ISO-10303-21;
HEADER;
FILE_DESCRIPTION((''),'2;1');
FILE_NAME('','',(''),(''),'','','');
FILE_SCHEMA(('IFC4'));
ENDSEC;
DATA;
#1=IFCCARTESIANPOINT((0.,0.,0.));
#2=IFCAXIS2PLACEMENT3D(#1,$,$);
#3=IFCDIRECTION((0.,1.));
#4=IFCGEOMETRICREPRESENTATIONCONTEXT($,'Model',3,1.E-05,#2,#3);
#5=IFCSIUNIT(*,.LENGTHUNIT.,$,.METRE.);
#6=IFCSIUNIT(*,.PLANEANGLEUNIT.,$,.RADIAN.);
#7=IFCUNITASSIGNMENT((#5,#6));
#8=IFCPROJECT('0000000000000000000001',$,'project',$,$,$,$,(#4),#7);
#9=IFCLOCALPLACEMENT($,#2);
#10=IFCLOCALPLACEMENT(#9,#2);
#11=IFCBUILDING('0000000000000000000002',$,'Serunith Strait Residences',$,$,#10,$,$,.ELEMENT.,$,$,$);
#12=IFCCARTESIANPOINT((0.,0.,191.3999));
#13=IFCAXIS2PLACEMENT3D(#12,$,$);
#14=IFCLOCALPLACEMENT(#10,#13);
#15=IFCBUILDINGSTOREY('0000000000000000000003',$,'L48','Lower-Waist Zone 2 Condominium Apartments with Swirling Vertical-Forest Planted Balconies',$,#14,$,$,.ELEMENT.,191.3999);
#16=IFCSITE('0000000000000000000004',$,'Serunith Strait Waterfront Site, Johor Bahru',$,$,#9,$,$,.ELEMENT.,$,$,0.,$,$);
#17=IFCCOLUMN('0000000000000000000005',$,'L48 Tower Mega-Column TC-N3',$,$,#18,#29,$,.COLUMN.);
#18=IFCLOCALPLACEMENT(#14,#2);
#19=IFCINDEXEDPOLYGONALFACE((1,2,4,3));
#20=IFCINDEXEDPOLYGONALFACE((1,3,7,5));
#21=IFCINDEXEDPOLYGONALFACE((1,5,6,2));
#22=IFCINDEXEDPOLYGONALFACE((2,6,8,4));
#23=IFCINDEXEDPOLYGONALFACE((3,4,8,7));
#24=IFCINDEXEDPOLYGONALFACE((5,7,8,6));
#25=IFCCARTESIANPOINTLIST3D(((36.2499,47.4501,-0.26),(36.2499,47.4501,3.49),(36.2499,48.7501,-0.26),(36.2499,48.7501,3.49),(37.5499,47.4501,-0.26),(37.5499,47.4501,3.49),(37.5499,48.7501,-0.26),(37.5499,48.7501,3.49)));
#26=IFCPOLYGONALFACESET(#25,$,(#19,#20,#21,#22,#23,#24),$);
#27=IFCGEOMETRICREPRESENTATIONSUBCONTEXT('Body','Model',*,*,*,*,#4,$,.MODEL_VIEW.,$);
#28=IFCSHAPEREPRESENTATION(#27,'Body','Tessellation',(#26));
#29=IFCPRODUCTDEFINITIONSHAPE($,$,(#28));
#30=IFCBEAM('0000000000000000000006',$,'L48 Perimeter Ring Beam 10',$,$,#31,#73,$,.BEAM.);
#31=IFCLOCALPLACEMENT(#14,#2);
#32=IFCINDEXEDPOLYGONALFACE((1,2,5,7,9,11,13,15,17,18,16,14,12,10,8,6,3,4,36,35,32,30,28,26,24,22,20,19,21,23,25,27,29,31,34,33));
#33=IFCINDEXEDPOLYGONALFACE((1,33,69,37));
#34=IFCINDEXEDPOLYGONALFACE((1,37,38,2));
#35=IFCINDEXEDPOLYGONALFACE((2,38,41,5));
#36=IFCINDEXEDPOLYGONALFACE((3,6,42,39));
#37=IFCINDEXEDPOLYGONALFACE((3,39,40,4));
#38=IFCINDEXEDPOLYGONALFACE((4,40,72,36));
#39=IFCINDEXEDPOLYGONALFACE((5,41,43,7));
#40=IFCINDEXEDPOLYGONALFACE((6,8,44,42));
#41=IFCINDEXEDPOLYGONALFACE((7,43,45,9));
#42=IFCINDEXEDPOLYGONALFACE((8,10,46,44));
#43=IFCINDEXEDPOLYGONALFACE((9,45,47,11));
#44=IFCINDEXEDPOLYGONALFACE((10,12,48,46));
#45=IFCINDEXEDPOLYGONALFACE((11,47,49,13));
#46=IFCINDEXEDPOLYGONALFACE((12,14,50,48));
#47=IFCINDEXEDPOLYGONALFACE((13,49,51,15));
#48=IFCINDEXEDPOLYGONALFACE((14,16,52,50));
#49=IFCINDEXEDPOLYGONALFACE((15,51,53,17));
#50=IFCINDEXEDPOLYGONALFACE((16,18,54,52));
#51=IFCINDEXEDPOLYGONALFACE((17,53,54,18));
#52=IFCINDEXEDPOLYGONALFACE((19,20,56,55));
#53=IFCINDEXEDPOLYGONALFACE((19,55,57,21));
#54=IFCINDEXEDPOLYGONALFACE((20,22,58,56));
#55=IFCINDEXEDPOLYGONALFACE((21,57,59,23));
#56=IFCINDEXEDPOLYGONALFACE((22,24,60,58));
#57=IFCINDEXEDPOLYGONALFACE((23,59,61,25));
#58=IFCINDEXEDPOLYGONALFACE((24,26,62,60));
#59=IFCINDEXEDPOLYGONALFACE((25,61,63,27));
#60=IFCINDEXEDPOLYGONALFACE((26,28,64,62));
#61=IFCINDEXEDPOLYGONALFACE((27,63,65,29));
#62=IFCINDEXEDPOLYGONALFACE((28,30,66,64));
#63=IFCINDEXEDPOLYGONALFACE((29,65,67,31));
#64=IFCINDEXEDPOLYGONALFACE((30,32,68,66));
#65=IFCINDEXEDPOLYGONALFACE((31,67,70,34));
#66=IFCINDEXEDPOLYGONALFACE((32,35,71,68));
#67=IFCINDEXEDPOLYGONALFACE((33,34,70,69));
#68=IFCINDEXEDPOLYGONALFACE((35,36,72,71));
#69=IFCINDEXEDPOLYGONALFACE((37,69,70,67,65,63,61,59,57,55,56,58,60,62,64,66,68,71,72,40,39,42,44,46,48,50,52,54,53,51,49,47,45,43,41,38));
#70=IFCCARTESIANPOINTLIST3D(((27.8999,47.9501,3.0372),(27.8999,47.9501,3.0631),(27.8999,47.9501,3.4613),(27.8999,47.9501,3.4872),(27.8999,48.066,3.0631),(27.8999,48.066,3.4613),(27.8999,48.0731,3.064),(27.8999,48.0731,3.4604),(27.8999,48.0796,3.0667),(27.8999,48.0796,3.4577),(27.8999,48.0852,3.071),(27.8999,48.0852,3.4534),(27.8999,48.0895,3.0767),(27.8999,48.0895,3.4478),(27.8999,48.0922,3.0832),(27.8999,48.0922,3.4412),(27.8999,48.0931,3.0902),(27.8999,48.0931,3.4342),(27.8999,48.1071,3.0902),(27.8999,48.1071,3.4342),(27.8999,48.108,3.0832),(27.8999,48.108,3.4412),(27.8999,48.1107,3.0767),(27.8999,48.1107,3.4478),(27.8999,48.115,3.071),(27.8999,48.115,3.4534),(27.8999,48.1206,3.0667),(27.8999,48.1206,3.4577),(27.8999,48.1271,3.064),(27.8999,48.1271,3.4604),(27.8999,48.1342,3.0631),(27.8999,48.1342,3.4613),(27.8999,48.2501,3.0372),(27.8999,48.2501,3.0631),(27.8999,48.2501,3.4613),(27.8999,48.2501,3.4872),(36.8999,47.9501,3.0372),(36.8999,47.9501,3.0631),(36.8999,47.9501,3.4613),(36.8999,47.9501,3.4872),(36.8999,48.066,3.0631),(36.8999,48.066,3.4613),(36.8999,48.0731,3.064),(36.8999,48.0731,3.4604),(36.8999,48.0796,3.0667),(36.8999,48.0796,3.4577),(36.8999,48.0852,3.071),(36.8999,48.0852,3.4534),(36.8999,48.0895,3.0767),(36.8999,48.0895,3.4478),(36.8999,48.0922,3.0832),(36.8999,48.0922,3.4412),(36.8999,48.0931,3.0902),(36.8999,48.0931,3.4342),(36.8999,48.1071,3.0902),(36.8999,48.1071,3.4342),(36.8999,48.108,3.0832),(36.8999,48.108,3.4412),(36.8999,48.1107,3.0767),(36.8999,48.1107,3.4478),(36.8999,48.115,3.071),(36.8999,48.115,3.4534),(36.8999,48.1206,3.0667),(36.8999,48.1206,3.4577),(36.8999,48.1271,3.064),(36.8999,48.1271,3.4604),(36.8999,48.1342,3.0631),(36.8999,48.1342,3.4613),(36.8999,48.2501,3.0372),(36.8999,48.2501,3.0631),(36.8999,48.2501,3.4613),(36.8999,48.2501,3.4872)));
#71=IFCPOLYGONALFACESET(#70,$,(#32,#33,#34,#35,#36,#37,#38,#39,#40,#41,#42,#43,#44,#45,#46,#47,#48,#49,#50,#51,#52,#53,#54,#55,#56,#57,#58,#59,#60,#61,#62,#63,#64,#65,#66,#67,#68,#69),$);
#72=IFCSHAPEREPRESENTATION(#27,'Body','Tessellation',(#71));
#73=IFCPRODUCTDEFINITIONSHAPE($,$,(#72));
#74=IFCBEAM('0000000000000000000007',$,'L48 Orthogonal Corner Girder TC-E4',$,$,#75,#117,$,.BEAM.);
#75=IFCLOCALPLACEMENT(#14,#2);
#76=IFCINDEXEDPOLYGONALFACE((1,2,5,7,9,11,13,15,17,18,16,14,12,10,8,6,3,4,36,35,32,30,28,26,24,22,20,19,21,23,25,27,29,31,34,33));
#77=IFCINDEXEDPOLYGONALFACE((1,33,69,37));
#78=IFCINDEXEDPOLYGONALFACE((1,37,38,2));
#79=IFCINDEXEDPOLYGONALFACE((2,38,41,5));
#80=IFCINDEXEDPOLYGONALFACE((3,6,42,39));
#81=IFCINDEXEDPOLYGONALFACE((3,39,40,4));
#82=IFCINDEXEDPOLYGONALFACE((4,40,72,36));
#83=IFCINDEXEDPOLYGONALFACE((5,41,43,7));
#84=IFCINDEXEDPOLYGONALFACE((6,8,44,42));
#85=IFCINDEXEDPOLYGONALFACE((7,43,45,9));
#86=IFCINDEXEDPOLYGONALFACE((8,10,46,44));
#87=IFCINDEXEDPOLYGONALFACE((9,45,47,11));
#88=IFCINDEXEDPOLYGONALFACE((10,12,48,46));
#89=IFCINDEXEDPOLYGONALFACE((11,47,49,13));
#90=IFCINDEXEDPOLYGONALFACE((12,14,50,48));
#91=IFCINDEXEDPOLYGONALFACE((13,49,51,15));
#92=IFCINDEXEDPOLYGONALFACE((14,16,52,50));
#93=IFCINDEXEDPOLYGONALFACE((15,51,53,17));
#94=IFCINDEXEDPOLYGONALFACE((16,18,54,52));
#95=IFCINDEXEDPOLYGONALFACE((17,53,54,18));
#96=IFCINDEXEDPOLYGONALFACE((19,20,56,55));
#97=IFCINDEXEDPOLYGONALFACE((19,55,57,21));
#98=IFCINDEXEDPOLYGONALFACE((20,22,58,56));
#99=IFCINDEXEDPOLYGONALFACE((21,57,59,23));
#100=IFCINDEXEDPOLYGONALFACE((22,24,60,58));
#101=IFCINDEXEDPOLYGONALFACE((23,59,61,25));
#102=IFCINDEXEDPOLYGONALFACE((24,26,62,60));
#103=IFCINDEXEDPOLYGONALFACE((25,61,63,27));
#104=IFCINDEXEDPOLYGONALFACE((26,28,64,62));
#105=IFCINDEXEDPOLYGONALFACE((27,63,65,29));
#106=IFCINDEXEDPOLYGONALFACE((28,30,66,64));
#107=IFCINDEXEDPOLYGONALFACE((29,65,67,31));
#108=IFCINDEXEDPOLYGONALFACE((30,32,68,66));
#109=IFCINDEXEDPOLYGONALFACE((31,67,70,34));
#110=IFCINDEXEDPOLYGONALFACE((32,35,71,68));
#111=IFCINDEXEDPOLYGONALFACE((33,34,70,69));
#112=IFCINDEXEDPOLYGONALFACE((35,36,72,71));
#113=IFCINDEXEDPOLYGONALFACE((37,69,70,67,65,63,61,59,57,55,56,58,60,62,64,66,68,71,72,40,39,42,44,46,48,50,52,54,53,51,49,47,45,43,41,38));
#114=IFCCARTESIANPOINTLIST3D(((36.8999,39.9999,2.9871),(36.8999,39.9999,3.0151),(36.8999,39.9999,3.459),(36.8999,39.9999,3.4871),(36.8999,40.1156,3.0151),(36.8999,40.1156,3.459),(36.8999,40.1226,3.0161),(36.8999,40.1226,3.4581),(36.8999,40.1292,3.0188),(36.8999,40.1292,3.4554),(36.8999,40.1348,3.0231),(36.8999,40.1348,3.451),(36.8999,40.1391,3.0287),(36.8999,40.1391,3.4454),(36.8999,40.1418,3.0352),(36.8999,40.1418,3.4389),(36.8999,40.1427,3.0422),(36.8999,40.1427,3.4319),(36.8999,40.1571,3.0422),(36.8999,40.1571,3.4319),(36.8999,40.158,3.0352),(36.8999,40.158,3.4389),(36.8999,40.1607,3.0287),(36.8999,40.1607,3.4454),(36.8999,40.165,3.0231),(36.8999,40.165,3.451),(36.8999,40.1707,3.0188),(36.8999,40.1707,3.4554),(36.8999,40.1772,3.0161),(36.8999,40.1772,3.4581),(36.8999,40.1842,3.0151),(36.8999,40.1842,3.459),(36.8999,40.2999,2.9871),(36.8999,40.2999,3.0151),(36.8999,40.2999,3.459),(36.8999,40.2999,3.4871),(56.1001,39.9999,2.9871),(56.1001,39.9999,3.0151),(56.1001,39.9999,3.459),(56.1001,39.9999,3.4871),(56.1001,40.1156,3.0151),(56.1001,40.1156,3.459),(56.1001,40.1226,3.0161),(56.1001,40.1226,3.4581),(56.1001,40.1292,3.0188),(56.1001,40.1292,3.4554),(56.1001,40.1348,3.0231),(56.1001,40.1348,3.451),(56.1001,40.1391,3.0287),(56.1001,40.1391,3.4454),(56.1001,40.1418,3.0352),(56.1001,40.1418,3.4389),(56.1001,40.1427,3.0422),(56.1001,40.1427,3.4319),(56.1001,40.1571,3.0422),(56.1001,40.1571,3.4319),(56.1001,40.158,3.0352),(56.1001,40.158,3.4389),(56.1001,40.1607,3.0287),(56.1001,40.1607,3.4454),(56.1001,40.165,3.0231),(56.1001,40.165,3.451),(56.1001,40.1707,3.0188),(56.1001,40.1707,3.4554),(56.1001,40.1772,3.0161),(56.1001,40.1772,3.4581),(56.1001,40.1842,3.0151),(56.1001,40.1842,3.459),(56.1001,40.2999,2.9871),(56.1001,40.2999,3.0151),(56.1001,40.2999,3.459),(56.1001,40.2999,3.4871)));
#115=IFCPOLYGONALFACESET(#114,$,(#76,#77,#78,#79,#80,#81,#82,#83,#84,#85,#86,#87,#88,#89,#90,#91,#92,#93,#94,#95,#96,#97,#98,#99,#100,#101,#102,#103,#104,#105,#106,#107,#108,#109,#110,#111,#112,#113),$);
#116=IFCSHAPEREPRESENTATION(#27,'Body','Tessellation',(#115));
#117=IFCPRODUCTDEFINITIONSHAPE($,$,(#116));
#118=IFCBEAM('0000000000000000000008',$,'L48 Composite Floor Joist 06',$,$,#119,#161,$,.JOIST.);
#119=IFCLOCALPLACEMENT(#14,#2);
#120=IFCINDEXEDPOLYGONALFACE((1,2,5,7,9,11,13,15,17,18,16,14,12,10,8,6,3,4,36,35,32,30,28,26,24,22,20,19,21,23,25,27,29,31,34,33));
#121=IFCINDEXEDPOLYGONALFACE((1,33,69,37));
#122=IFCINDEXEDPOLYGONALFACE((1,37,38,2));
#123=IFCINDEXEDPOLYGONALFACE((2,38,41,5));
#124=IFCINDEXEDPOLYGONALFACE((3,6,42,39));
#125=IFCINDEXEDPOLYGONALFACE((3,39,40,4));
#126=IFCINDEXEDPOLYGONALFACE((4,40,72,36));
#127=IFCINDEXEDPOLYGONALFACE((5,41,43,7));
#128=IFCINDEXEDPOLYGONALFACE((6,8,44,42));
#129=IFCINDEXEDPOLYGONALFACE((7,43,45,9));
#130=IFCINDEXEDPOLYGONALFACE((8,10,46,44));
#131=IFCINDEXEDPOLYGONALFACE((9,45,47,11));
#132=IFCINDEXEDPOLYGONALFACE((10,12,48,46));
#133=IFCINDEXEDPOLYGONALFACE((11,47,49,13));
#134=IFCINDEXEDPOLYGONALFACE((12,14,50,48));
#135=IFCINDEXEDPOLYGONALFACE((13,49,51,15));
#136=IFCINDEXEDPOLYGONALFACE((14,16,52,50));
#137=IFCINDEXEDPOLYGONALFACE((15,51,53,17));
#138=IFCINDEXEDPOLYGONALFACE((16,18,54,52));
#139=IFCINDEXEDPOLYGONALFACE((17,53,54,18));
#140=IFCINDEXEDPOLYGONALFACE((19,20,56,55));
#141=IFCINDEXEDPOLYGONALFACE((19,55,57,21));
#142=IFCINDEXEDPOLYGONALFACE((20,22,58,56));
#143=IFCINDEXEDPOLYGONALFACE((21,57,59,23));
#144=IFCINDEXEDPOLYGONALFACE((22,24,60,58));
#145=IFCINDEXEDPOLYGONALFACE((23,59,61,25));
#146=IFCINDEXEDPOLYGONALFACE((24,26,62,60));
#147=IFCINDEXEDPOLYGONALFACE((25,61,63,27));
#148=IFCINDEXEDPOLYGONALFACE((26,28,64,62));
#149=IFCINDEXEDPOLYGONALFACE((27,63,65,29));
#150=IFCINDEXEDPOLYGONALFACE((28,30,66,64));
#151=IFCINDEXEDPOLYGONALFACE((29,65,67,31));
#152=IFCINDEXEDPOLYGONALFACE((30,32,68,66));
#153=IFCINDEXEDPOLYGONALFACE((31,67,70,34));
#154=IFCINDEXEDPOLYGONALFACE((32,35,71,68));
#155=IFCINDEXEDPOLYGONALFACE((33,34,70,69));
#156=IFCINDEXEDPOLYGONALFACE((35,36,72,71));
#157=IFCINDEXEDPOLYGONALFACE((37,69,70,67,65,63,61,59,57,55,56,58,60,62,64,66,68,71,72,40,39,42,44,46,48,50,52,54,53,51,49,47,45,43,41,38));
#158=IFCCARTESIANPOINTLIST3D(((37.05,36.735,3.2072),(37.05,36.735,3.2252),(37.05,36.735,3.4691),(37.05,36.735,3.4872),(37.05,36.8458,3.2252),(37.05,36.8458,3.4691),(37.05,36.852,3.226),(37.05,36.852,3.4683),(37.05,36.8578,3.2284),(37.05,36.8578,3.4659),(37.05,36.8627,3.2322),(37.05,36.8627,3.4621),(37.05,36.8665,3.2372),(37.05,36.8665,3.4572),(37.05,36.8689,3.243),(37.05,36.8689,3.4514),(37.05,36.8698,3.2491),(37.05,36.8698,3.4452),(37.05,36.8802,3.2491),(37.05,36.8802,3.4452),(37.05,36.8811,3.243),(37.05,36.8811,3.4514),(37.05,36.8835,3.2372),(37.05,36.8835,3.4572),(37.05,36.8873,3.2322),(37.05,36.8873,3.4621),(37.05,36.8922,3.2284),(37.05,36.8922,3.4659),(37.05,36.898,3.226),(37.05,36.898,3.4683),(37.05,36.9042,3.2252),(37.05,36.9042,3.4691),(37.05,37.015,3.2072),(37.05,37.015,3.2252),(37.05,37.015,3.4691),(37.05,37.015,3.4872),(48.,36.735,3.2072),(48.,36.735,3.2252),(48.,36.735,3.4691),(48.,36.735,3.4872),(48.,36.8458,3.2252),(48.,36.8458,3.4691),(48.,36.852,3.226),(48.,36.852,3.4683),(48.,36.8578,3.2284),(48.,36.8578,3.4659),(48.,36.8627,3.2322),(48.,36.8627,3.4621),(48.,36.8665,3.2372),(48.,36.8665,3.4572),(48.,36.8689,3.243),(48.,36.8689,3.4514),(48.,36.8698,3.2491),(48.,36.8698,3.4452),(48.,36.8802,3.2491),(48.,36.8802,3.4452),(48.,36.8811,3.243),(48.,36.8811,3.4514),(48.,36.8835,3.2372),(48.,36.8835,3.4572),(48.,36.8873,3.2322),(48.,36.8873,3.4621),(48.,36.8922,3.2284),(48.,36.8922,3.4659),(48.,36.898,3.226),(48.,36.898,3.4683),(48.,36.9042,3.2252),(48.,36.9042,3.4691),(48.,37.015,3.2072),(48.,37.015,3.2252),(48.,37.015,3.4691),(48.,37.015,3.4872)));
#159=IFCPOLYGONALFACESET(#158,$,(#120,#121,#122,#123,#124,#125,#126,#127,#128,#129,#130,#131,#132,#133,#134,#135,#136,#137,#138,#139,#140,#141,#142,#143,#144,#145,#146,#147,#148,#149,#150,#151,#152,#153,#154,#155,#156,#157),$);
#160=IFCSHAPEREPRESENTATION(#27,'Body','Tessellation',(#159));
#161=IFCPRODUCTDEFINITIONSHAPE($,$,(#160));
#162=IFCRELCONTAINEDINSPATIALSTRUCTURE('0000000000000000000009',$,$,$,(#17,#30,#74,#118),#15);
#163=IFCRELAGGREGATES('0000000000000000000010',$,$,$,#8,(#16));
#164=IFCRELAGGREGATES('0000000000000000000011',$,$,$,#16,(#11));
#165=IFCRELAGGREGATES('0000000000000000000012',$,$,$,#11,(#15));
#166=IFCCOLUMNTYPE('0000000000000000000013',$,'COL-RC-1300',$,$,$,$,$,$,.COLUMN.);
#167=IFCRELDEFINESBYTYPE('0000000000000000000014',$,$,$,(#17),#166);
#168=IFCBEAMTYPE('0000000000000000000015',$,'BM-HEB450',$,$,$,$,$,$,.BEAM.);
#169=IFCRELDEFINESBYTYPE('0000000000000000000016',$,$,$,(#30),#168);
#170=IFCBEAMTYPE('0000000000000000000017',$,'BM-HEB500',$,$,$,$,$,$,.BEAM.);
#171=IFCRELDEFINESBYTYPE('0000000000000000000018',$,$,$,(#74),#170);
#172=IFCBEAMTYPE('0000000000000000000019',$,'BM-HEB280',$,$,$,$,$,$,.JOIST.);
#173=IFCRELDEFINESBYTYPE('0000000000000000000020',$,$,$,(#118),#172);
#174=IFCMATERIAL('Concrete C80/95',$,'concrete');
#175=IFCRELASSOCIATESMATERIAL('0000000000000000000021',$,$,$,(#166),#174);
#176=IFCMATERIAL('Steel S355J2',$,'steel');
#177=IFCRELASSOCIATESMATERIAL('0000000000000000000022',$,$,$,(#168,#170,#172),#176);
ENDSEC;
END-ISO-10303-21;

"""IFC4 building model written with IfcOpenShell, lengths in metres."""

from ifc_helpers import new_model, si_unit, direction, frame, origin, origin_2d, place, context, subcontext, project, spatial, rectangle, i_section, extrude, source, transform, mapped, material, material_profile, profile_set, type_object, element, save


model = new_model("IFC4")

# Units and contexts
model_context = context("Model", 3, precision=1e-05, world=origin(), true_north=direction((0.0, 1.0)))
body_context = subcontext(model_context, "Body", "Model", "MODEL_VIEW")
ifc_project = project(units=[si_unit("LENGTHUNIT", "METRE"), si_unit("PLANEANGLEUNIT", "RADIAN")], contexts=[model_context])

# Site, building, storey
site_placement = place(None, origin())
site = spatial("IfcSite", under=ifc_project, at=site_placement, Name="Serunith Strait Waterfront Site, Johor Bahru", CompositionType="ELEMENT", RefElevation=0.0)
building_placement = place(site_placement, origin())
building = spatial("IfcBuilding", under=site, at=building_placement, Name="Serunith Strait Residences", CompositionType="ELEMENT")
storey_placement = place(building_placement, frame((0.0, 0.0, 191.3999)))
storey = spatial("IfcBuildingStorey", under=building, at=storey_placement, Name="L48", Description="Lower-Waist Zone 2 Condominium Apartments with Swirling Vertical-Forest Planted Balconies", CompositionType="ELEMENT", Elevation=191.3999)

# Column
ifc_material_1 = material(Name="Concrete C80/95", Category="concrete")
ifc_material_profile_1 = material_profile(ifc_material_1, rectangle(XDim=1.3, YDim=1.3, at=origin_2d()), Name="RC 1300x1300")
ifc_profile_set_1 = profile_set([ifc_material_profile_1], Name="Concrete C80/95")
column_type = type_object("IfcColumnType", Name="COL-RC-1300", PredefinedType="COLUMN", material=ifc_profile_set_1)
shared_shape_1 = source(origin(), body_context, "Body", "SweptSolid", [
    extrude(rectangle(XDim=1.3, YDim=1.3, at=origin_2d()), origin(), (0.0, 0.0, 1.0), 3.75),
])
column_placement = place(storey_placement, frame((36.8999, 48.1001, -0.26), z_axis=(0.0, 0.0, 1.0), x_axis=(1.0, 0.0, 0.0)))
element("IfcColumn", 1, at=column_placement, inside=storey, type_object=column_type, Name="L48 Tower Mega-Column TC-N3", PredefinedType="COLUMN", context=body_context, shape_type="MappedRepresentation", body=[
    mapped(shared_shape_1, transform((0.0, 0.0, 0.0), scale=1.0)),
])

# Beams
ifc_material_2 = material(Name="Steel S355J2", Category="steel")
ifc_material_profile_2 = material_profile(ifc_material_2, i_section(OverallWidth=0.3, OverallDepth=0.45, WebThickness=0.0139, FlangeThickness=0.0259, FilletRadius=0.0271, at=origin_2d()), Name="HEB 450")
ifc_profile_set_2 = profile_set([ifc_material_profile_2], Name="Steel S355J2")
beam_type_1 = type_object("IfcBeamType", Name="BM-HEB450", PredefinedType="BEAM", material=ifc_profile_set_2)
shared_shape_2 = source(origin(), body_context, "Body", "SweptSolid", [
    extrude(i_section(OverallWidth=0.3, OverallDepth=0.45, WebThickness=0.0139, FlangeThickness=0.0259, FilletRadius=0.0271, at=origin_2d()), origin(), (0.0, 0.0, 1.0), 9.0),
])
beam_1_placement = place(storey_placement, frame((36.8999, 48.1001, 3.2622), z_axis=(-1.0, 0.0, 0.0), x_axis=(0.0, -1.0, 0.0)))
element("IfcBeam", 2, at=beam_1_placement, inside=storey, type_object=beam_type_1, Name="L48 Perimeter Ring Beam 10", PredefinedType="BEAM", context=body_context, shape_type="MappedRepresentation", body=[
    mapped(shared_shape_2, transform((0.0, 0.0, 0.0), scale=1.0)),
])
ifc_material_profile_3 = material_profile(ifc_material_2, i_section(OverallWidth=0.3, OverallDepth=0.5, WebThickness=0.0144, FlangeThickness=0.0281, FilletRadius=0.0271, at=origin_2d()), Name="HEB 500")
ifc_profile_set_3 = profile_set([ifc_material_profile_3], Name="Steel S355J2")
beam_type_2 = type_object("IfcBeamType", Name="BM-HEB500", PredefinedType="BEAM", material=ifc_profile_set_3)
shared_shape_3 = source(origin(), body_context, "Body", "SweptSolid", [
    extrude(i_section(OverallWidth=0.3, OverallDepth=0.5, WebThickness=0.0144, FlangeThickness=0.0281, FilletRadius=0.0271, at=origin_2d()), origin(), (0.0, 0.0, 1.0), 19.2002),
])
beam_2_placement = place(storey_placement, frame((36.8999, 40.1499, 3.2371), z_axis=(1.0, 0.0, 0.0), x_axis=(0.0, 1.0, 0.0)))
element("IfcBeam", 3, at=beam_2_placement, inside=storey, type_object=beam_type_2, Name="L48 Orthogonal Corner Girder TC-E4", PredefinedType="BEAM", context=body_context, shape_type="MappedRepresentation", body=[
    mapped(shared_shape_3, transform((0.0, 0.0, 0.0), scale=1.0)),
])
ifc_material_profile_4 = material_profile(ifc_material_2, i_section(OverallWidth=0.28, OverallDepth=0.28, WebThickness=0.0105, FlangeThickness=0.0181, FilletRadius=0.0239, at=origin_2d()), Name="HEB 280")
ifc_profile_set_4 = profile_set([ifc_material_profile_4], Name="Steel S355J2")
beam_type_3 = type_object("IfcBeamType", Name="BM-HEB280", PredefinedType="JOIST", material=ifc_profile_set_4)
shared_shape_4 = source(origin(), body_context, "Body", "SweptSolid", [
    extrude(i_section(OverallWidth=0.28, OverallDepth=0.28, WebThickness=0.0105, FlangeThickness=0.0181, FilletRadius=0.0239, at=origin_2d()), origin(), (0.0, 0.0, 1.0), 10.95),
])
beam_3_placement = place(storey_placement, frame((37.05, 36.875, 3.3472), z_axis=(1.0, 0.0, 0.0), x_axis=(0.0, 1.0, 0.0)))
element("IfcBeam", 4, at=beam_3_placement, inside=storey, type_object=beam_type_3, Name="L48 Composite Floor Joist 06", PredefinedType="JOIST", context=body_context, shape_type="MappedRepresentation", body=[
    mapped(shared_shape_4, transform((0.0, 0.0, 0.0), scale=1.0)),
])

save(model, "model.ifc")
